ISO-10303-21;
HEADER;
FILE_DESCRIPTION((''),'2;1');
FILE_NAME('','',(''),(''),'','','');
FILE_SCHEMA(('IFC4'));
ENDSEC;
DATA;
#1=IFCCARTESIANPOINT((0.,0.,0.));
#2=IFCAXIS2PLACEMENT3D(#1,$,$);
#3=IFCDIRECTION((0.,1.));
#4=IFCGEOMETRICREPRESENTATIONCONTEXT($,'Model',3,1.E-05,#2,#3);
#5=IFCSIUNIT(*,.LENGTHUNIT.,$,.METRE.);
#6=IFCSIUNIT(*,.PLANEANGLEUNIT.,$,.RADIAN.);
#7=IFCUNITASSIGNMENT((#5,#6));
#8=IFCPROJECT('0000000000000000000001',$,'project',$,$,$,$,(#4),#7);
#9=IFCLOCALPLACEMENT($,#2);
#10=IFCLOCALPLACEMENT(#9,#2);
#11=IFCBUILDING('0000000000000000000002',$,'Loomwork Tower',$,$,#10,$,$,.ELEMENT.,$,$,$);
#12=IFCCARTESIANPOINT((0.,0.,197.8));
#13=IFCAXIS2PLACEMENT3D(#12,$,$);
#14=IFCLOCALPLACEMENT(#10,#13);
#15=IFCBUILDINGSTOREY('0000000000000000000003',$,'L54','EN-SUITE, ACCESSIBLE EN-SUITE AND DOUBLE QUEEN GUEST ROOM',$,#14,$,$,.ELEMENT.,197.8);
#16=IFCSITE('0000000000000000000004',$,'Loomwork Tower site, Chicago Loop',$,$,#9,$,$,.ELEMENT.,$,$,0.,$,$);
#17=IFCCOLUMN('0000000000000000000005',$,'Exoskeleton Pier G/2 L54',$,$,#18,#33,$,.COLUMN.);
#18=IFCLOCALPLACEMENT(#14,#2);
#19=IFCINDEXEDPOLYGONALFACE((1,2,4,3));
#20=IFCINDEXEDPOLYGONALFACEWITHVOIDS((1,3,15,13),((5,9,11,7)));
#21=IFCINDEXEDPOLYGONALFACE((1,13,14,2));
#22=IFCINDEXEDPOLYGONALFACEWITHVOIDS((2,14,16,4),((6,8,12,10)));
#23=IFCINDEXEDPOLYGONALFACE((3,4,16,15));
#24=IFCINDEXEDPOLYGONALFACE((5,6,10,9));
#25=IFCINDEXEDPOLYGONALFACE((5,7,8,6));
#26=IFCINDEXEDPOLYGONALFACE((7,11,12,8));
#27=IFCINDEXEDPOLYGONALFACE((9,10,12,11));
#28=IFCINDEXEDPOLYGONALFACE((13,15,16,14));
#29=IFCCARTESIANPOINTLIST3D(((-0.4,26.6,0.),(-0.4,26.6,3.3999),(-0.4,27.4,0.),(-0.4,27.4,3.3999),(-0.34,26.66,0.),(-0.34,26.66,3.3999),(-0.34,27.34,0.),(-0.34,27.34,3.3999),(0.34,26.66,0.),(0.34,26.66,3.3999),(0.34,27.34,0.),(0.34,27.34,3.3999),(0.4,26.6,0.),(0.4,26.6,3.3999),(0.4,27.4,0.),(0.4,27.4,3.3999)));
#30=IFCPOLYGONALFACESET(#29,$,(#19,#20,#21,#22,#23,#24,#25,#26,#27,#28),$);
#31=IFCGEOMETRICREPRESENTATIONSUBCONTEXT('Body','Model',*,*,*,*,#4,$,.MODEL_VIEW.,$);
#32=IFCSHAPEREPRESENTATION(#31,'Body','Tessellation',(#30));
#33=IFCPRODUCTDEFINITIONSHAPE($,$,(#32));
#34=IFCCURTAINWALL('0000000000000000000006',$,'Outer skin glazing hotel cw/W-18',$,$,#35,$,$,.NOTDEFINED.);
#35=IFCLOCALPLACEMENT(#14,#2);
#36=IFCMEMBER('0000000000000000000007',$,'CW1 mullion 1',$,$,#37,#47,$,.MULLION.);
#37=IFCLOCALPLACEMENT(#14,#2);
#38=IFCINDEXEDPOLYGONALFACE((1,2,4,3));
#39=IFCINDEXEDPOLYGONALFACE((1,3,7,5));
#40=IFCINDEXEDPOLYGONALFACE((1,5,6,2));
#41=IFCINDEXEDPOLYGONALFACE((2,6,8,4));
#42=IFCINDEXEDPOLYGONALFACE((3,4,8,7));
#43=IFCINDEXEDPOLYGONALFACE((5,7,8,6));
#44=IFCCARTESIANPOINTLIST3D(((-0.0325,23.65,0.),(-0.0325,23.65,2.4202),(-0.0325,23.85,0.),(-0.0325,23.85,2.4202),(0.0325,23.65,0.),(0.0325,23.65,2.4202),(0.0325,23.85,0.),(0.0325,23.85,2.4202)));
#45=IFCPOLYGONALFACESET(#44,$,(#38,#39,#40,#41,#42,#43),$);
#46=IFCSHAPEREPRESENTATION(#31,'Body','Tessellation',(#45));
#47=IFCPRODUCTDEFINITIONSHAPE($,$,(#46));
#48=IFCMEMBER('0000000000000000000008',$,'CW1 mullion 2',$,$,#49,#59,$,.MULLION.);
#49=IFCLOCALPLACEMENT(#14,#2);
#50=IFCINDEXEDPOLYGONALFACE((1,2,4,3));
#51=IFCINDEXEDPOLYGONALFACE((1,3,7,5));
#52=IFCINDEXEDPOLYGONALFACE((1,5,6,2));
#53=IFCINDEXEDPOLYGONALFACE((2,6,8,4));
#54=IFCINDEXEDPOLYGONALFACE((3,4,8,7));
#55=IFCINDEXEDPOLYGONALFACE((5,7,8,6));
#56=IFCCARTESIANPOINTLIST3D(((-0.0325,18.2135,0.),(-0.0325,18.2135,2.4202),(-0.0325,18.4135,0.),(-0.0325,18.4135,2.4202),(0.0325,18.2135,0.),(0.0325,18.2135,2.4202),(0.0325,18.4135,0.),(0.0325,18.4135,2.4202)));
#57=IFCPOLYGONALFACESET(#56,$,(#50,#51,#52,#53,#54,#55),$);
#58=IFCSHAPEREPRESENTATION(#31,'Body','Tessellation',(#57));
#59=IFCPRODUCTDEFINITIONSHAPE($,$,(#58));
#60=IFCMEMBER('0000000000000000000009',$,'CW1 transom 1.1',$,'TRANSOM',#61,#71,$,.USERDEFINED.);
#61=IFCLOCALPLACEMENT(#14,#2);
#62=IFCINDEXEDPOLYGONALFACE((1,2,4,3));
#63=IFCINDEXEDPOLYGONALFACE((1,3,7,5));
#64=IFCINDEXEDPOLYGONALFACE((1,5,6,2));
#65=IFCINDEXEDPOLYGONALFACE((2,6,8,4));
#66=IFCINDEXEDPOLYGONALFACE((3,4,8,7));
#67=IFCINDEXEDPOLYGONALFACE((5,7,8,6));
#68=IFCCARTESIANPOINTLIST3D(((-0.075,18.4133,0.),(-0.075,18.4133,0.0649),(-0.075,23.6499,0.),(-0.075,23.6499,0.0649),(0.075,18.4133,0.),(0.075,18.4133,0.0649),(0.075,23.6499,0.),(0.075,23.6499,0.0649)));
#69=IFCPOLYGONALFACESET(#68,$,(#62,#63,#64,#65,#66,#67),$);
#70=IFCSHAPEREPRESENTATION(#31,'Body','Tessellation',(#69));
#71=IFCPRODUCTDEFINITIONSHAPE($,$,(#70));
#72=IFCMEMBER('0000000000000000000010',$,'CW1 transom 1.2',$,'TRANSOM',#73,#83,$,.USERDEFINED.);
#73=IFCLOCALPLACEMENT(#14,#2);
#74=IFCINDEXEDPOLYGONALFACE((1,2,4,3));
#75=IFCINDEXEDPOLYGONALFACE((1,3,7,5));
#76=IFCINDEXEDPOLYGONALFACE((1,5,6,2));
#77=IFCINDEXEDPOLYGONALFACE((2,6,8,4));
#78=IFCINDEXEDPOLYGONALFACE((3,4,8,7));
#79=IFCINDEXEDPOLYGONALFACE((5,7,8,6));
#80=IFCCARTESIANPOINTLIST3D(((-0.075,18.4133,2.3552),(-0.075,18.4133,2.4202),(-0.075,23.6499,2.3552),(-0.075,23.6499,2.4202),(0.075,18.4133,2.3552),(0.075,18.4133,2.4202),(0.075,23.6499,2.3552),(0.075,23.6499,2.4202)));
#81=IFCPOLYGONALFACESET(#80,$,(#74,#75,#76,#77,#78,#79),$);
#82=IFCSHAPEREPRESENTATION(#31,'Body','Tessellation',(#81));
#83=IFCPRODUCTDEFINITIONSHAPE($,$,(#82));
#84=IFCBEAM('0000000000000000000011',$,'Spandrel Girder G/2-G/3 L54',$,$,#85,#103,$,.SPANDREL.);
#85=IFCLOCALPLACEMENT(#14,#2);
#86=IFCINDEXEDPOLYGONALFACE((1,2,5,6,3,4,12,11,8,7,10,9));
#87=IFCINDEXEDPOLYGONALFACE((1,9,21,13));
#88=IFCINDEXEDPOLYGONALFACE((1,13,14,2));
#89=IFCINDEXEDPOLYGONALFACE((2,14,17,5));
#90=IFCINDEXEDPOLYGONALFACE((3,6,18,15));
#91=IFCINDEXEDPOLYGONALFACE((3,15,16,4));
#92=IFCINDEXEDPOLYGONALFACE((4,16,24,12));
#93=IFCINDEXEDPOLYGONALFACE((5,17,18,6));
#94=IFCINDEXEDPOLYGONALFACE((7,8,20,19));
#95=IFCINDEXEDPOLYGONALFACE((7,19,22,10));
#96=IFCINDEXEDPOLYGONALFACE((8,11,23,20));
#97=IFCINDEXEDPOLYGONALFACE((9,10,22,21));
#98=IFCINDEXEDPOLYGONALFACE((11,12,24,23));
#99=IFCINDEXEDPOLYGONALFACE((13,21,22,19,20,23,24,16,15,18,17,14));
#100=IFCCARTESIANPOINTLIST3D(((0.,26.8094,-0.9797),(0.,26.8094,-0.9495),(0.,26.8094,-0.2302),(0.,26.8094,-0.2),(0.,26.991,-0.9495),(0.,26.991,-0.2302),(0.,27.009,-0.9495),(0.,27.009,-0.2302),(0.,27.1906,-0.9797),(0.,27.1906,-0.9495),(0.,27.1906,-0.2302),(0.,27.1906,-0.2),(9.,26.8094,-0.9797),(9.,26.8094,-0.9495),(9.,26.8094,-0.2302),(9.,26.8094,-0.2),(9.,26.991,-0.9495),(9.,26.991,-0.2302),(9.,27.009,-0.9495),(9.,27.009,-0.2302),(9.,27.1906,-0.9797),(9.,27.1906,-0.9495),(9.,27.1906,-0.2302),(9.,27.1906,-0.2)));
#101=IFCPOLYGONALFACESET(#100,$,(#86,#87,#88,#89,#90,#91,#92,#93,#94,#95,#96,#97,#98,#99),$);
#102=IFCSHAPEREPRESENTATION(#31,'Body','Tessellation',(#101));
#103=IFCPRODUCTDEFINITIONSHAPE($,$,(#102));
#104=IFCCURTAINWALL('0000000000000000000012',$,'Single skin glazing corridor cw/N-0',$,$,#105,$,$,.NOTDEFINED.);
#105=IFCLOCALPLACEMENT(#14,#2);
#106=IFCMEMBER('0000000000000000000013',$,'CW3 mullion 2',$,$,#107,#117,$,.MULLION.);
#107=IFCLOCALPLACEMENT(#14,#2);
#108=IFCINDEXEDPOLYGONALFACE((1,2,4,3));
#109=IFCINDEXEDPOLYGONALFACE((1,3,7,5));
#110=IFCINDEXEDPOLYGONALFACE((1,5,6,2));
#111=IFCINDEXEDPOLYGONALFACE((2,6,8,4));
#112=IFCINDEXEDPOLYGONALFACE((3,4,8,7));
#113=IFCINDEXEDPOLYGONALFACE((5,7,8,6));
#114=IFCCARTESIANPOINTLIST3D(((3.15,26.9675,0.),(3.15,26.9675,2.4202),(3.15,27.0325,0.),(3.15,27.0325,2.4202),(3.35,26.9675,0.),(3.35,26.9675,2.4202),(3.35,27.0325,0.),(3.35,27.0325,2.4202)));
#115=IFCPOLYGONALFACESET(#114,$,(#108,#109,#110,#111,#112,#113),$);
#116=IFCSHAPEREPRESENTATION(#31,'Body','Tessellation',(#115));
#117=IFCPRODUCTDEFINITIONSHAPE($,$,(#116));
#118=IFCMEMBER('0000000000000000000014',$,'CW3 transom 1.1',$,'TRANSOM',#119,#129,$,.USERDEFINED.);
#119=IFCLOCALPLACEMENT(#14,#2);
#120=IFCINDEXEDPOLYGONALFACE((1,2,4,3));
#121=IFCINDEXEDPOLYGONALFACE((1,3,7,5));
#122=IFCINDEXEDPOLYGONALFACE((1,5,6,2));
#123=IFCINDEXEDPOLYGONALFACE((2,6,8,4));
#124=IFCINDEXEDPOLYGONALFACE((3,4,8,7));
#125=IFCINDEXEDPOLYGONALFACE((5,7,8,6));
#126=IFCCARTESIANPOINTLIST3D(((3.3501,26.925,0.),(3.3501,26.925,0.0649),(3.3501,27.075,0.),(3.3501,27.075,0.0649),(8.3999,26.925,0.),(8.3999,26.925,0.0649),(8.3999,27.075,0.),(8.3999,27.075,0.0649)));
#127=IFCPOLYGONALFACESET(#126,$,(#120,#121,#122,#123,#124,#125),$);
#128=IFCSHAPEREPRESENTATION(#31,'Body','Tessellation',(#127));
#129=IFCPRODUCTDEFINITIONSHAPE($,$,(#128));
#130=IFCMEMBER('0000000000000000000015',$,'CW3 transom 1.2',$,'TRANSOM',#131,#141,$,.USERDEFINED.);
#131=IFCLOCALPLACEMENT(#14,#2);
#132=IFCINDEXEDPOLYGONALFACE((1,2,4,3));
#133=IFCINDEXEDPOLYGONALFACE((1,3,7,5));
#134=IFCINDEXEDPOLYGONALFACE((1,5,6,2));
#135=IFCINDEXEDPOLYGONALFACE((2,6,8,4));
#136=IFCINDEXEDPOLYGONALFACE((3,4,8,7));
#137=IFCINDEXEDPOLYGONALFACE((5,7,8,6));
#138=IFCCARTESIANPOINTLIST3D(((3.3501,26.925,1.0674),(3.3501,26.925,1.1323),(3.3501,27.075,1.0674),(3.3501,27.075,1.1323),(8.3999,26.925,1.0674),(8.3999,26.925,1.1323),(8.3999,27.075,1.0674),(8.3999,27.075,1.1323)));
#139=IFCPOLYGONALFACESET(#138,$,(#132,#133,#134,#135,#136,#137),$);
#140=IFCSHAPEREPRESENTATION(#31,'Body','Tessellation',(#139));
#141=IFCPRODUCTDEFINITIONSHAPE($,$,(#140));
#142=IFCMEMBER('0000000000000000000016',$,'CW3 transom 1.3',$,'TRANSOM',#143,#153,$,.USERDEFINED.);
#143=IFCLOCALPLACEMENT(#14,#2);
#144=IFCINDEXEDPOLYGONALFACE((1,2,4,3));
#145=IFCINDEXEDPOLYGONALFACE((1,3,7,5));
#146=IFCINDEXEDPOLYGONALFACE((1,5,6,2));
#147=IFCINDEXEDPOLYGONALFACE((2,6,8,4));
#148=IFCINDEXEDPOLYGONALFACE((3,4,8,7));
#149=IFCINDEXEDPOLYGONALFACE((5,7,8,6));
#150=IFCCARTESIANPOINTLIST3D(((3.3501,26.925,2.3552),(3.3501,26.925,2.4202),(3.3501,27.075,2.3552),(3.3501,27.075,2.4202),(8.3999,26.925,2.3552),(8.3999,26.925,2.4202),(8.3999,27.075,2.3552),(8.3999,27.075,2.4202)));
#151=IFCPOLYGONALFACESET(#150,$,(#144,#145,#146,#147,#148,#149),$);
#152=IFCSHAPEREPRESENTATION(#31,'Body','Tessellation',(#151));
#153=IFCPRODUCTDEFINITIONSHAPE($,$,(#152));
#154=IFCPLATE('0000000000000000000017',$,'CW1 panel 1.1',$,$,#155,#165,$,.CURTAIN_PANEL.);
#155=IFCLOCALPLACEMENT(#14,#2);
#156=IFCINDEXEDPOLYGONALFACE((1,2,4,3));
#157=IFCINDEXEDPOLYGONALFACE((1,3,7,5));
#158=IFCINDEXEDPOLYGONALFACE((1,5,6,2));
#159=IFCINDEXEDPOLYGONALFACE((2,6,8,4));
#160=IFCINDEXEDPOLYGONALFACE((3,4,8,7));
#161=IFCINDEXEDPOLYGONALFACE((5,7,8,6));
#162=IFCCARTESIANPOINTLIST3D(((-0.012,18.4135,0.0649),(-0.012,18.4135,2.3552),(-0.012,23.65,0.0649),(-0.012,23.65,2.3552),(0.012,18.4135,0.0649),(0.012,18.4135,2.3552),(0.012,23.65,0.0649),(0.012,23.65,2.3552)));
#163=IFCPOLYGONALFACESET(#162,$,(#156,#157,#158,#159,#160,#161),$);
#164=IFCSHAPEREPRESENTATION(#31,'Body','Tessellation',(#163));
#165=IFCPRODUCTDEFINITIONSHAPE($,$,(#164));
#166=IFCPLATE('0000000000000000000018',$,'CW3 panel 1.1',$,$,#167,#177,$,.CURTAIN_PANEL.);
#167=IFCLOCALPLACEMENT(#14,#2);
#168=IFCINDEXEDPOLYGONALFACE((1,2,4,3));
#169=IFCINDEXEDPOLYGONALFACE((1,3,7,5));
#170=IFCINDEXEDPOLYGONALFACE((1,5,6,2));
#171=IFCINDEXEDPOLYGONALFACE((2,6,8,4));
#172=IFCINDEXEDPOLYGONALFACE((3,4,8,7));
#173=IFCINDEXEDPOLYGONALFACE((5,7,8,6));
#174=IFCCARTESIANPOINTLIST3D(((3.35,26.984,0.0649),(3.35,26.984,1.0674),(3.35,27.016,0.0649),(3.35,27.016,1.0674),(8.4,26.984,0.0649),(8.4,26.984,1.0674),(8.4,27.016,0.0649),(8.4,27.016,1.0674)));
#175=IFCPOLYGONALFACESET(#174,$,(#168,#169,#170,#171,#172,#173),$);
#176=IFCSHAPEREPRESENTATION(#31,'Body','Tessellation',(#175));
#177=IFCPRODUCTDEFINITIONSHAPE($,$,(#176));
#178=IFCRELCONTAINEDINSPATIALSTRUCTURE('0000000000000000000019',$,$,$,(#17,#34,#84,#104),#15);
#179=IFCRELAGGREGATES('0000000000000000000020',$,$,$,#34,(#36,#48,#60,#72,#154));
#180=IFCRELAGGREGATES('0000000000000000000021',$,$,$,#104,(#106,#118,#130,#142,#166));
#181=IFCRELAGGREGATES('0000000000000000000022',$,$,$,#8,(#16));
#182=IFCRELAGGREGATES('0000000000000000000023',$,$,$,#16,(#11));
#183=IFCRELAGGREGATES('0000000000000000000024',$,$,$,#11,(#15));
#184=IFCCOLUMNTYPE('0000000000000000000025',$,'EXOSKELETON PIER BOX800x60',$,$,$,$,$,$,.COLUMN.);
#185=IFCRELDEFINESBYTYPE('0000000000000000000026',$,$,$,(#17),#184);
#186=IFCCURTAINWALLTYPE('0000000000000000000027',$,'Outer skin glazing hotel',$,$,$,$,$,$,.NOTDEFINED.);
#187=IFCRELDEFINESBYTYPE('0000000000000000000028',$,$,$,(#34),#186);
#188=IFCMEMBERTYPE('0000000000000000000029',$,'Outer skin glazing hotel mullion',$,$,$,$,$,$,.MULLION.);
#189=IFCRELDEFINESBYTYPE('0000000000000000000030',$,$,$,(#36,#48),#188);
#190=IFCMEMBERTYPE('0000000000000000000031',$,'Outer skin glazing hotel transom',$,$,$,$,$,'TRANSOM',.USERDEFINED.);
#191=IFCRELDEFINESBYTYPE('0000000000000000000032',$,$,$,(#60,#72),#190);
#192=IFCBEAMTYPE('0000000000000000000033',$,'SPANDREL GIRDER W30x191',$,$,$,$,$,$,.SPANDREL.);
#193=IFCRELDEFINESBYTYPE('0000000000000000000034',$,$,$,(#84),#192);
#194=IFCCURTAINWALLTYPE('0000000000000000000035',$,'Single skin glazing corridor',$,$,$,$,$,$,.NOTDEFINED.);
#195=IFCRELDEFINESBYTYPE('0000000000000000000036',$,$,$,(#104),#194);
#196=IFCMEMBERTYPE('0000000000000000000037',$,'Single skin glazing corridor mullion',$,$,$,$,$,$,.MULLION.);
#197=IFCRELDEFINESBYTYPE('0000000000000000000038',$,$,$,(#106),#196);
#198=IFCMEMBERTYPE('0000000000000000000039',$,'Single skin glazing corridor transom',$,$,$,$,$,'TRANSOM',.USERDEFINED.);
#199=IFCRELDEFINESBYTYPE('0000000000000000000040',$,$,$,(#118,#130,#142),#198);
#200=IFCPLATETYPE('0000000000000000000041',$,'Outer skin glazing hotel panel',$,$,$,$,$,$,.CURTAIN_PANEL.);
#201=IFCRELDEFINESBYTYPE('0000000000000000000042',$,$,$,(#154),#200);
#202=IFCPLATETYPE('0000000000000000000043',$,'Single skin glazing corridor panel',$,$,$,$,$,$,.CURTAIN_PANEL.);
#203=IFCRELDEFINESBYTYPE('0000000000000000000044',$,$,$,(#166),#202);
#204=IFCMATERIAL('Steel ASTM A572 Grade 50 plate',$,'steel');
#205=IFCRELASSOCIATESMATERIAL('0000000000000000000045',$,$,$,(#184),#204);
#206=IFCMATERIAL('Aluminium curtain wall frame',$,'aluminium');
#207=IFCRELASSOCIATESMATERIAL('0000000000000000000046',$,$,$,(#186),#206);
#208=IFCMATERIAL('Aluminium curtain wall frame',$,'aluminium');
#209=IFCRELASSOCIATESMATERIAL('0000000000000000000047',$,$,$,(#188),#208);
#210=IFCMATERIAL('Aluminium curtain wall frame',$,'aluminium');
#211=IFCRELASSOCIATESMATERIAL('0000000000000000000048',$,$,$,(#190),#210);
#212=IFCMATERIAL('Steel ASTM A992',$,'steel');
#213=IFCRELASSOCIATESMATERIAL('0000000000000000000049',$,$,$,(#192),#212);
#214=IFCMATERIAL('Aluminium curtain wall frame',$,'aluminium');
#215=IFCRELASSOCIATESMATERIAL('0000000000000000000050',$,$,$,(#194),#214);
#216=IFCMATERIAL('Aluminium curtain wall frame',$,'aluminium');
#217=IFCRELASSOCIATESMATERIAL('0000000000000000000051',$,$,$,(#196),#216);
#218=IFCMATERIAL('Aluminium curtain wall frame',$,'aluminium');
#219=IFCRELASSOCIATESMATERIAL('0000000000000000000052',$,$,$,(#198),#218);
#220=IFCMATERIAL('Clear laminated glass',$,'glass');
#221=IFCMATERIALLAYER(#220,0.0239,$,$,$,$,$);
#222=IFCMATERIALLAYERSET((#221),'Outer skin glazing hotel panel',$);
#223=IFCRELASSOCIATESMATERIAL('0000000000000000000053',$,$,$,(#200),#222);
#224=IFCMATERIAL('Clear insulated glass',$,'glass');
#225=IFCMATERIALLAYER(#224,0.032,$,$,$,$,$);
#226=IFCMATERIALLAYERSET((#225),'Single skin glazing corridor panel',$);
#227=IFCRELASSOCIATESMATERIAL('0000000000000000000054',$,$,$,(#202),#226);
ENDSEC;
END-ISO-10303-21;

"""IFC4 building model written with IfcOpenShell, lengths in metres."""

from ifc_helpers import new_model, si_unit, direction, frame, origin, origin_2d, place, context, subcontext, project, spatial, rectangle, hollow_rectangle, i_section, extrude, material, layer, layer_set, material_profile, profile_set, type_object, element, aggregate, save


model = new_model("IFC4")

# Units and contexts
model_context = context("Model", 3, precision=1e-05, world=origin(), true_north=direction((0.0, 1.0)))
body_context = subcontext(model_context, "Body", "Model", "MODEL_VIEW")
ifc_project = project(units=[si_unit("LENGTHUNIT", "METRE"), si_unit("PLANEANGLEUNIT", "RADIAN")], contexts=[model_context])

# Site, building, storey
site_placement = place(None, origin())
site = spatial("IfcSite", under=ifc_project, at=site_placement, Name="Loomwork Tower site, Chicago Loop", CompositionType="ELEMENT", RefElevation=0.0)
building_placement = place(site_placement, origin())
building = spatial("IfcBuilding", under=site, at=building_placement, Name="Loomwork Tower", CompositionType="ELEMENT")
storey_placement = place(building_placement, frame((0.0, 0.0, 197.8)))
storey = spatial("IfcBuildingStorey", under=building, at=storey_placement, Name="L54", Description="EN-SUITE, ACCESSIBLE EN-SUITE AND DOUBLE QUEEN GUEST ROOM", CompositionType="ELEMENT", Elevation=197.8)

# Column
ifc_material_1 = material(Name="Steel ASTM A572 Grade 50 plate", Category="steel")
ifc_material_profile_1 = material_profile(ifc_material_1, hollow_rectangle(XDim=0.8, YDim=0.8, WallThickness=0.0601, at=origin_2d()), Name="BOX800x60")
ifc_profile_set_1 = profile_set([ifc_material_profile_1], Name="Steel ASTM A572 Grade 50 plate")
column_type = type_object("IfcColumnType", Name="EXOSKELETON PIER BOX800x60", PredefinedType="COLUMN", material=ifc_profile_set_1)
column_placement = place(storey_placement, frame((0.0, 27.0, 0.0), z_axis=(0.0, 0.0, 1.0), x_axis=(0.0, 1.0, 0.0)))
element("IfcColumn", 1, at=column_placement, inside=storey, type_object=column_type, Name="Exoskeleton Pier G/2 L54", PredefinedType="COLUMN", context=body_context, shape_type="SweptSolid", body=[
    extrude(hollow_rectangle(XDim=0.8, YDim=0.8, WallThickness=0.0601, at=origin_2d()), origin(), (0.0, 0.0, 1.0), 3.3999),
])

# Curtain wall, members
ifc_material_2 = material(Name="Aluminium curtain wall frame", Category="aluminium")
curtain_wall_type_1 = type_object("IfcCurtainWallType", Name="Outer skin glazing hotel", PredefinedType="NOTDEFINED", material=ifc_material_2)
curtain_wall_1_placement = place(storey_placement, origin())
curtain_wall_1 = element("IfcCurtainWall", 2, at=curtain_wall_1_placement, inside=storey, type_object=curtain_wall_type_1, Name="Outer skin glazing hotel cw/W-18", PredefinedType="NOTDEFINED")
ifc_material_3 = material(Name="Aluminium curtain wall frame", Category="aluminium")
ifc_material_profile_2 = material_profile(ifc_material_3, rectangle(XDim=0.0649, YDim=0.2, at=origin_2d()), Name="AL 65x200")
ifc_profile_set_2 = profile_set([ifc_material_profile_2], Name="Aluminium curtain wall frame")
member_type_1 = type_object("IfcMemberType", Name="Outer skin glazing hotel mullion", PredefinedType="MULLION", material=ifc_profile_set_2)
member_1_placement = place(storey_placement, frame((0.0, 23.75, 0.0), z_axis=(0.0, 0.0, 1.0), x_axis=(1.0, 0.0, 0.0)))
member_1 = element("IfcMember", 3, at=member_1_placement, type_object=member_type_1, Name="CW1 mullion 1", PredefinedType="MULLION", context=body_context, shape_type="SweptSolid", body=[
    extrude(rectangle(XDim=0.0649, YDim=0.2, at=origin_2d()), origin(), (0.0, 0.0, 1.0), 2.4202),
])
member_2_placement = place(storey_placement, frame((0.0, 18.3135, 0.0), z_axis=(0.0, 0.0, 1.0), x_axis=(1.0, 0.0, 0.0)))
member_2 = element("IfcMember", 4, at=member_2_placement, type_object=member_type_1, Name="CW1 mullion 2", PredefinedType="MULLION", context=body_context, shape_type="SweptSolid", body=[
    extrude(rectangle(XDim=0.0649, YDim=0.2, at=origin_2d()), origin(), (0.0, 0.0, 1.0), 2.4202),
])
ifc_material_4 = material(Name="Aluminium curtain wall frame", Category="aluminium")
ifc_material_profile_3 = material_profile(ifc_material_4, rectangle(XDim=0.1499, YDim=0.0649, at=origin_2d()), Name="AL 65x150")
ifc_profile_set_3 = profile_set([ifc_material_profile_3], Name="Aluminium curtain wall frame")
member_type_2 = type_object("IfcMemberType", Name="Outer skin glazing hotel transom", ElementType="TRANSOM", PredefinedType="USERDEFINED", material=ifc_profile_set_3)
member_3_placement = place(storey_placement, frame((0.0, 23.6499, 0.0325), z_axis=(0.0, -1.0, 0.0), x_axis=(1.0, 0.0, 0.0)))
member_3 = element("IfcMember", 5, at=member_3_placement, type_object=member_type_2, Name="CW1 transom 1.1", ObjectType="TRANSOM", PredefinedType="USERDEFINED", context=body_context, shape_type="SweptSolid", body=[
    extrude(rectangle(XDim=0.1499, YDim=0.0649, at=origin_2d()), origin(), (0.0, 0.0, 1.0), 5.2366),
])
member_4_placement = place(storey_placement, frame((0.0, 23.6499, 2.3877), z_axis=(0.0, -1.0, 0.0), x_axis=(1.0, 0.0, 0.0)))
member_4 = element("IfcMember", 6, at=member_4_placement, type_object=member_type_2, Name="CW1 transom 1.2", ObjectType="TRANSOM", PredefinedType="USERDEFINED", context=body_context, shape_type="SweptSolid", body=[
    extrude(rectangle(XDim=0.1499, YDim=0.0649, at=origin_2d()), origin(), (0.0, 0.0, 1.0), 5.2366),
])

# Beam
ifc_material_5 = material(Name="Steel ASTM A992", Category="steel")
ifc_material_profile_4 = material_profile(ifc_material_5, i_section(OverallWidth=0.3811, OverallDepth=0.7798, WebThickness=0.0181, FlangeThickness=0.0303, at=origin_2d()), Name="W30x191")
ifc_profile_set_4 = profile_set([ifc_material_profile_4], Name="Steel ASTM A992")
beam_type = type_object("IfcBeamType", Name="SPANDREL GIRDER W30x191", PredefinedType="SPANDREL", material=ifc_profile_set_4)
beam_placement = place(storey_placement, frame((0.0, 27.0, -0.5898), z_axis=(1.0, 0.0, 0.0), x_axis=(0.0, 1.0, 0.0)))
element("IfcBeam", 7, at=beam_placement, inside=storey, type_object=beam_type, Name="Spandrel Girder G/2-G/3 L54", PredefinedType="SPANDREL", context=body_context, shape_type="SweptSolid", body=[
    extrude(i_section(OverallWidth=0.3811, OverallDepth=0.7798, WebThickness=0.0181, FlangeThickness=0.0303, at=origin_2d()), origin(), (0.0, 0.0, 1.0), 9.0),
])

# Curtain wall, members
ifc_material_6 = material(Name="Aluminium curtain wall frame", Category="aluminium")
curtain_wall_type_2 = type_object("IfcCurtainWallType", Name="Single skin glazing corridor", PredefinedType="NOTDEFINED", material=ifc_material_6)
curtain_wall_2_placement = place(storey_placement, origin())
curtain_wall_2 = element("IfcCurtainWall", 8, at=curtain_wall_2_placement, inside=storey, type_object=curtain_wall_type_2, Name="Single skin glazing corridor cw/N-0", PredefinedType="NOTDEFINED")
ifc_material_7 = material(Name="Aluminium curtain wall frame", Category="aluminium")
ifc_material_profile_5 = material_profile(ifc_material_7, rectangle(XDim=0.0649, YDim=0.2, at=origin_2d()), Name="AL 65x200")
ifc_profile_set_5 = profile_set([ifc_material_profile_5], Name="Aluminium curtain wall frame")
member_type_3 = type_object("IfcMemberType", Name="Single skin glazing corridor mullion", PredefinedType="MULLION", material=ifc_profile_set_5)
member_5_placement = place(storey_placement, frame((3.25, 27.0, 0.0), z_axis=(0.0, 0.0, 1.0), x_axis=(0.0, -1.0, 0.0)))
member_5 = element("IfcMember", 9, at=member_5_placement, type_object=member_type_3, Name="CW3 mullion 2", PredefinedType="MULLION", context=body_context, shape_type="SweptSolid", body=[
    extrude(rectangle(XDim=0.0649, YDim=0.2, at=origin_2d()), origin(), (0.0, 0.0, 1.0), 2.4202),
])
ifc_material_8 = material(Name="Aluminium curtain wall frame", Category="aluminium")
ifc_material_profile_6 = material_profile(ifc_material_8, rectangle(XDim=0.1499, YDim=0.0649, at=origin_2d()), Name="AL 65x150")
ifc_profile_set_6 = profile_set([ifc_material_profile_6], Name="Aluminium curtain wall frame")
member_type_4 = type_object("IfcMemberType", Name="Single skin glazing corridor transom", ElementType="TRANSOM", PredefinedType="USERDEFINED", material=ifc_profile_set_6)
member_6_placement = place(storey_placement, frame((8.3999, 27.0, 0.0325), z_axis=(-1.0, 0.0, 0.0), x_axis=(0.0, -1.0, 0.0)))
member_6 = element("IfcMember", 10, at=member_6_placement, type_object=member_type_4, Name="CW3 transom 1.1", ObjectType="TRANSOM", PredefinedType="USERDEFINED", context=body_context, shape_type="SweptSolid", body=[
    extrude(rectangle(XDim=0.1499, YDim=0.0649, at=origin_2d()), origin(), (0.0, 0.0, 1.0), 5.0498),
])
member_7_placement = place(storey_placement, frame((8.3999, 27.0, 1.0999), z_axis=(-1.0, 0.0, 0.0), x_axis=(0.0, -1.0, 0.0)))
member_7 = element("IfcMember", 11, at=member_7_placement, type_object=member_type_4, Name="CW3 transom 1.2", ObjectType="TRANSOM", PredefinedType="USERDEFINED", context=body_context, shape_type="SweptSolid", body=[
    extrude(rectangle(XDim=0.1499, YDim=0.0649, at=origin_2d()), origin(), (0.0, 0.0, 1.0), 5.0498),
])
member_8_placement = place(storey_placement, frame((8.3999, 27.0, 2.3877), z_axis=(-1.0, 0.0, 0.0), x_axis=(0.0, -1.0, 0.0)))
member_8 = element("IfcMember", 12, at=member_8_placement, type_object=member_type_4, Name="CW3 transom 1.3", ObjectType="TRANSOM", PredefinedType="USERDEFINED", context=body_context, shape_type="SweptSolid", body=[
    extrude(rectangle(XDim=0.1499, YDim=0.0649, at=origin_2d()), origin(), (0.0, 0.0, 1.0), 5.0498),
])

# Plates
ifc_material_9 = material(Name="Clear laminated glass", Category="glass")
ifc_layer_1 = layer(ifc_material_9, 0.0239)
ifc_layer_set_1 = layer_set([ifc_layer_1], Name="Outer skin glazing hotel panel")
plate_type_1 = type_object("IfcPlateType", Name="Outer skin glazing hotel panel", PredefinedType="CURTAIN_PANEL", material=ifc_layer_set_1)
plate_1_placement = place(storey_placement, frame((0.0, 21.0317, 0.0649), z_axis=(0.0, 0.0, 1.0), x_axis=(0.0, -1.0, 0.0)))
plate_1 = element("IfcPlate", 13, at=plate_1_placement, type_object=plate_type_1, Name="CW1 panel 1.1", PredefinedType="CURTAIN_PANEL", context=body_context, shape_type="SweptSolid", body=[
    extrude(rectangle(XDim=5.2366, YDim=0.0239, at=origin_2d()), origin(), (0.0, 0.0, 1.0), 2.2903),
])
aggregate(curtain_wall_1, [member_1, member_2, member_3, member_4, plate_1])
ifc_material_10 = material(Name="Clear insulated glass", Category="glass")
ifc_layer_2 = layer(ifc_material_10, 0.032)
ifc_layer_set_2 = layer_set([ifc_layer_2], Name="Single skin glazing corridor panel")
plate_type_2 = type_object("IfcPlateType", Name="Single skin glazing corridor panel", PredefinedType="CURTAIN_PANEL", material=ifc_layer_set_2)
plate_2_placement = place(storey_placement, frame((5.875, 27.0, 0.0649), z_axis=(0.0, 0.0, 1.0), x_axis=(-1.0, 0.0, 0.0)))
plate_2 = element("IfcPlate", 14, at=plate_2_placement, type_object=plate_type_2, Name="CW3 panel 1.1", PredefinedType="CURTAIN_PANEL", context=body_context, shape_type="SweptSolid", body=[
    extrude(rectangle(XDim=5.05, YDim=0.032, at=origin_2d()), origin(), (0.0, 0.0, 1.0), 1.0024),
])
aggregate(curtain_wall_2, [member_5, member_6, member_7, member_8, plate_2])

save(model, "model.ifc")
